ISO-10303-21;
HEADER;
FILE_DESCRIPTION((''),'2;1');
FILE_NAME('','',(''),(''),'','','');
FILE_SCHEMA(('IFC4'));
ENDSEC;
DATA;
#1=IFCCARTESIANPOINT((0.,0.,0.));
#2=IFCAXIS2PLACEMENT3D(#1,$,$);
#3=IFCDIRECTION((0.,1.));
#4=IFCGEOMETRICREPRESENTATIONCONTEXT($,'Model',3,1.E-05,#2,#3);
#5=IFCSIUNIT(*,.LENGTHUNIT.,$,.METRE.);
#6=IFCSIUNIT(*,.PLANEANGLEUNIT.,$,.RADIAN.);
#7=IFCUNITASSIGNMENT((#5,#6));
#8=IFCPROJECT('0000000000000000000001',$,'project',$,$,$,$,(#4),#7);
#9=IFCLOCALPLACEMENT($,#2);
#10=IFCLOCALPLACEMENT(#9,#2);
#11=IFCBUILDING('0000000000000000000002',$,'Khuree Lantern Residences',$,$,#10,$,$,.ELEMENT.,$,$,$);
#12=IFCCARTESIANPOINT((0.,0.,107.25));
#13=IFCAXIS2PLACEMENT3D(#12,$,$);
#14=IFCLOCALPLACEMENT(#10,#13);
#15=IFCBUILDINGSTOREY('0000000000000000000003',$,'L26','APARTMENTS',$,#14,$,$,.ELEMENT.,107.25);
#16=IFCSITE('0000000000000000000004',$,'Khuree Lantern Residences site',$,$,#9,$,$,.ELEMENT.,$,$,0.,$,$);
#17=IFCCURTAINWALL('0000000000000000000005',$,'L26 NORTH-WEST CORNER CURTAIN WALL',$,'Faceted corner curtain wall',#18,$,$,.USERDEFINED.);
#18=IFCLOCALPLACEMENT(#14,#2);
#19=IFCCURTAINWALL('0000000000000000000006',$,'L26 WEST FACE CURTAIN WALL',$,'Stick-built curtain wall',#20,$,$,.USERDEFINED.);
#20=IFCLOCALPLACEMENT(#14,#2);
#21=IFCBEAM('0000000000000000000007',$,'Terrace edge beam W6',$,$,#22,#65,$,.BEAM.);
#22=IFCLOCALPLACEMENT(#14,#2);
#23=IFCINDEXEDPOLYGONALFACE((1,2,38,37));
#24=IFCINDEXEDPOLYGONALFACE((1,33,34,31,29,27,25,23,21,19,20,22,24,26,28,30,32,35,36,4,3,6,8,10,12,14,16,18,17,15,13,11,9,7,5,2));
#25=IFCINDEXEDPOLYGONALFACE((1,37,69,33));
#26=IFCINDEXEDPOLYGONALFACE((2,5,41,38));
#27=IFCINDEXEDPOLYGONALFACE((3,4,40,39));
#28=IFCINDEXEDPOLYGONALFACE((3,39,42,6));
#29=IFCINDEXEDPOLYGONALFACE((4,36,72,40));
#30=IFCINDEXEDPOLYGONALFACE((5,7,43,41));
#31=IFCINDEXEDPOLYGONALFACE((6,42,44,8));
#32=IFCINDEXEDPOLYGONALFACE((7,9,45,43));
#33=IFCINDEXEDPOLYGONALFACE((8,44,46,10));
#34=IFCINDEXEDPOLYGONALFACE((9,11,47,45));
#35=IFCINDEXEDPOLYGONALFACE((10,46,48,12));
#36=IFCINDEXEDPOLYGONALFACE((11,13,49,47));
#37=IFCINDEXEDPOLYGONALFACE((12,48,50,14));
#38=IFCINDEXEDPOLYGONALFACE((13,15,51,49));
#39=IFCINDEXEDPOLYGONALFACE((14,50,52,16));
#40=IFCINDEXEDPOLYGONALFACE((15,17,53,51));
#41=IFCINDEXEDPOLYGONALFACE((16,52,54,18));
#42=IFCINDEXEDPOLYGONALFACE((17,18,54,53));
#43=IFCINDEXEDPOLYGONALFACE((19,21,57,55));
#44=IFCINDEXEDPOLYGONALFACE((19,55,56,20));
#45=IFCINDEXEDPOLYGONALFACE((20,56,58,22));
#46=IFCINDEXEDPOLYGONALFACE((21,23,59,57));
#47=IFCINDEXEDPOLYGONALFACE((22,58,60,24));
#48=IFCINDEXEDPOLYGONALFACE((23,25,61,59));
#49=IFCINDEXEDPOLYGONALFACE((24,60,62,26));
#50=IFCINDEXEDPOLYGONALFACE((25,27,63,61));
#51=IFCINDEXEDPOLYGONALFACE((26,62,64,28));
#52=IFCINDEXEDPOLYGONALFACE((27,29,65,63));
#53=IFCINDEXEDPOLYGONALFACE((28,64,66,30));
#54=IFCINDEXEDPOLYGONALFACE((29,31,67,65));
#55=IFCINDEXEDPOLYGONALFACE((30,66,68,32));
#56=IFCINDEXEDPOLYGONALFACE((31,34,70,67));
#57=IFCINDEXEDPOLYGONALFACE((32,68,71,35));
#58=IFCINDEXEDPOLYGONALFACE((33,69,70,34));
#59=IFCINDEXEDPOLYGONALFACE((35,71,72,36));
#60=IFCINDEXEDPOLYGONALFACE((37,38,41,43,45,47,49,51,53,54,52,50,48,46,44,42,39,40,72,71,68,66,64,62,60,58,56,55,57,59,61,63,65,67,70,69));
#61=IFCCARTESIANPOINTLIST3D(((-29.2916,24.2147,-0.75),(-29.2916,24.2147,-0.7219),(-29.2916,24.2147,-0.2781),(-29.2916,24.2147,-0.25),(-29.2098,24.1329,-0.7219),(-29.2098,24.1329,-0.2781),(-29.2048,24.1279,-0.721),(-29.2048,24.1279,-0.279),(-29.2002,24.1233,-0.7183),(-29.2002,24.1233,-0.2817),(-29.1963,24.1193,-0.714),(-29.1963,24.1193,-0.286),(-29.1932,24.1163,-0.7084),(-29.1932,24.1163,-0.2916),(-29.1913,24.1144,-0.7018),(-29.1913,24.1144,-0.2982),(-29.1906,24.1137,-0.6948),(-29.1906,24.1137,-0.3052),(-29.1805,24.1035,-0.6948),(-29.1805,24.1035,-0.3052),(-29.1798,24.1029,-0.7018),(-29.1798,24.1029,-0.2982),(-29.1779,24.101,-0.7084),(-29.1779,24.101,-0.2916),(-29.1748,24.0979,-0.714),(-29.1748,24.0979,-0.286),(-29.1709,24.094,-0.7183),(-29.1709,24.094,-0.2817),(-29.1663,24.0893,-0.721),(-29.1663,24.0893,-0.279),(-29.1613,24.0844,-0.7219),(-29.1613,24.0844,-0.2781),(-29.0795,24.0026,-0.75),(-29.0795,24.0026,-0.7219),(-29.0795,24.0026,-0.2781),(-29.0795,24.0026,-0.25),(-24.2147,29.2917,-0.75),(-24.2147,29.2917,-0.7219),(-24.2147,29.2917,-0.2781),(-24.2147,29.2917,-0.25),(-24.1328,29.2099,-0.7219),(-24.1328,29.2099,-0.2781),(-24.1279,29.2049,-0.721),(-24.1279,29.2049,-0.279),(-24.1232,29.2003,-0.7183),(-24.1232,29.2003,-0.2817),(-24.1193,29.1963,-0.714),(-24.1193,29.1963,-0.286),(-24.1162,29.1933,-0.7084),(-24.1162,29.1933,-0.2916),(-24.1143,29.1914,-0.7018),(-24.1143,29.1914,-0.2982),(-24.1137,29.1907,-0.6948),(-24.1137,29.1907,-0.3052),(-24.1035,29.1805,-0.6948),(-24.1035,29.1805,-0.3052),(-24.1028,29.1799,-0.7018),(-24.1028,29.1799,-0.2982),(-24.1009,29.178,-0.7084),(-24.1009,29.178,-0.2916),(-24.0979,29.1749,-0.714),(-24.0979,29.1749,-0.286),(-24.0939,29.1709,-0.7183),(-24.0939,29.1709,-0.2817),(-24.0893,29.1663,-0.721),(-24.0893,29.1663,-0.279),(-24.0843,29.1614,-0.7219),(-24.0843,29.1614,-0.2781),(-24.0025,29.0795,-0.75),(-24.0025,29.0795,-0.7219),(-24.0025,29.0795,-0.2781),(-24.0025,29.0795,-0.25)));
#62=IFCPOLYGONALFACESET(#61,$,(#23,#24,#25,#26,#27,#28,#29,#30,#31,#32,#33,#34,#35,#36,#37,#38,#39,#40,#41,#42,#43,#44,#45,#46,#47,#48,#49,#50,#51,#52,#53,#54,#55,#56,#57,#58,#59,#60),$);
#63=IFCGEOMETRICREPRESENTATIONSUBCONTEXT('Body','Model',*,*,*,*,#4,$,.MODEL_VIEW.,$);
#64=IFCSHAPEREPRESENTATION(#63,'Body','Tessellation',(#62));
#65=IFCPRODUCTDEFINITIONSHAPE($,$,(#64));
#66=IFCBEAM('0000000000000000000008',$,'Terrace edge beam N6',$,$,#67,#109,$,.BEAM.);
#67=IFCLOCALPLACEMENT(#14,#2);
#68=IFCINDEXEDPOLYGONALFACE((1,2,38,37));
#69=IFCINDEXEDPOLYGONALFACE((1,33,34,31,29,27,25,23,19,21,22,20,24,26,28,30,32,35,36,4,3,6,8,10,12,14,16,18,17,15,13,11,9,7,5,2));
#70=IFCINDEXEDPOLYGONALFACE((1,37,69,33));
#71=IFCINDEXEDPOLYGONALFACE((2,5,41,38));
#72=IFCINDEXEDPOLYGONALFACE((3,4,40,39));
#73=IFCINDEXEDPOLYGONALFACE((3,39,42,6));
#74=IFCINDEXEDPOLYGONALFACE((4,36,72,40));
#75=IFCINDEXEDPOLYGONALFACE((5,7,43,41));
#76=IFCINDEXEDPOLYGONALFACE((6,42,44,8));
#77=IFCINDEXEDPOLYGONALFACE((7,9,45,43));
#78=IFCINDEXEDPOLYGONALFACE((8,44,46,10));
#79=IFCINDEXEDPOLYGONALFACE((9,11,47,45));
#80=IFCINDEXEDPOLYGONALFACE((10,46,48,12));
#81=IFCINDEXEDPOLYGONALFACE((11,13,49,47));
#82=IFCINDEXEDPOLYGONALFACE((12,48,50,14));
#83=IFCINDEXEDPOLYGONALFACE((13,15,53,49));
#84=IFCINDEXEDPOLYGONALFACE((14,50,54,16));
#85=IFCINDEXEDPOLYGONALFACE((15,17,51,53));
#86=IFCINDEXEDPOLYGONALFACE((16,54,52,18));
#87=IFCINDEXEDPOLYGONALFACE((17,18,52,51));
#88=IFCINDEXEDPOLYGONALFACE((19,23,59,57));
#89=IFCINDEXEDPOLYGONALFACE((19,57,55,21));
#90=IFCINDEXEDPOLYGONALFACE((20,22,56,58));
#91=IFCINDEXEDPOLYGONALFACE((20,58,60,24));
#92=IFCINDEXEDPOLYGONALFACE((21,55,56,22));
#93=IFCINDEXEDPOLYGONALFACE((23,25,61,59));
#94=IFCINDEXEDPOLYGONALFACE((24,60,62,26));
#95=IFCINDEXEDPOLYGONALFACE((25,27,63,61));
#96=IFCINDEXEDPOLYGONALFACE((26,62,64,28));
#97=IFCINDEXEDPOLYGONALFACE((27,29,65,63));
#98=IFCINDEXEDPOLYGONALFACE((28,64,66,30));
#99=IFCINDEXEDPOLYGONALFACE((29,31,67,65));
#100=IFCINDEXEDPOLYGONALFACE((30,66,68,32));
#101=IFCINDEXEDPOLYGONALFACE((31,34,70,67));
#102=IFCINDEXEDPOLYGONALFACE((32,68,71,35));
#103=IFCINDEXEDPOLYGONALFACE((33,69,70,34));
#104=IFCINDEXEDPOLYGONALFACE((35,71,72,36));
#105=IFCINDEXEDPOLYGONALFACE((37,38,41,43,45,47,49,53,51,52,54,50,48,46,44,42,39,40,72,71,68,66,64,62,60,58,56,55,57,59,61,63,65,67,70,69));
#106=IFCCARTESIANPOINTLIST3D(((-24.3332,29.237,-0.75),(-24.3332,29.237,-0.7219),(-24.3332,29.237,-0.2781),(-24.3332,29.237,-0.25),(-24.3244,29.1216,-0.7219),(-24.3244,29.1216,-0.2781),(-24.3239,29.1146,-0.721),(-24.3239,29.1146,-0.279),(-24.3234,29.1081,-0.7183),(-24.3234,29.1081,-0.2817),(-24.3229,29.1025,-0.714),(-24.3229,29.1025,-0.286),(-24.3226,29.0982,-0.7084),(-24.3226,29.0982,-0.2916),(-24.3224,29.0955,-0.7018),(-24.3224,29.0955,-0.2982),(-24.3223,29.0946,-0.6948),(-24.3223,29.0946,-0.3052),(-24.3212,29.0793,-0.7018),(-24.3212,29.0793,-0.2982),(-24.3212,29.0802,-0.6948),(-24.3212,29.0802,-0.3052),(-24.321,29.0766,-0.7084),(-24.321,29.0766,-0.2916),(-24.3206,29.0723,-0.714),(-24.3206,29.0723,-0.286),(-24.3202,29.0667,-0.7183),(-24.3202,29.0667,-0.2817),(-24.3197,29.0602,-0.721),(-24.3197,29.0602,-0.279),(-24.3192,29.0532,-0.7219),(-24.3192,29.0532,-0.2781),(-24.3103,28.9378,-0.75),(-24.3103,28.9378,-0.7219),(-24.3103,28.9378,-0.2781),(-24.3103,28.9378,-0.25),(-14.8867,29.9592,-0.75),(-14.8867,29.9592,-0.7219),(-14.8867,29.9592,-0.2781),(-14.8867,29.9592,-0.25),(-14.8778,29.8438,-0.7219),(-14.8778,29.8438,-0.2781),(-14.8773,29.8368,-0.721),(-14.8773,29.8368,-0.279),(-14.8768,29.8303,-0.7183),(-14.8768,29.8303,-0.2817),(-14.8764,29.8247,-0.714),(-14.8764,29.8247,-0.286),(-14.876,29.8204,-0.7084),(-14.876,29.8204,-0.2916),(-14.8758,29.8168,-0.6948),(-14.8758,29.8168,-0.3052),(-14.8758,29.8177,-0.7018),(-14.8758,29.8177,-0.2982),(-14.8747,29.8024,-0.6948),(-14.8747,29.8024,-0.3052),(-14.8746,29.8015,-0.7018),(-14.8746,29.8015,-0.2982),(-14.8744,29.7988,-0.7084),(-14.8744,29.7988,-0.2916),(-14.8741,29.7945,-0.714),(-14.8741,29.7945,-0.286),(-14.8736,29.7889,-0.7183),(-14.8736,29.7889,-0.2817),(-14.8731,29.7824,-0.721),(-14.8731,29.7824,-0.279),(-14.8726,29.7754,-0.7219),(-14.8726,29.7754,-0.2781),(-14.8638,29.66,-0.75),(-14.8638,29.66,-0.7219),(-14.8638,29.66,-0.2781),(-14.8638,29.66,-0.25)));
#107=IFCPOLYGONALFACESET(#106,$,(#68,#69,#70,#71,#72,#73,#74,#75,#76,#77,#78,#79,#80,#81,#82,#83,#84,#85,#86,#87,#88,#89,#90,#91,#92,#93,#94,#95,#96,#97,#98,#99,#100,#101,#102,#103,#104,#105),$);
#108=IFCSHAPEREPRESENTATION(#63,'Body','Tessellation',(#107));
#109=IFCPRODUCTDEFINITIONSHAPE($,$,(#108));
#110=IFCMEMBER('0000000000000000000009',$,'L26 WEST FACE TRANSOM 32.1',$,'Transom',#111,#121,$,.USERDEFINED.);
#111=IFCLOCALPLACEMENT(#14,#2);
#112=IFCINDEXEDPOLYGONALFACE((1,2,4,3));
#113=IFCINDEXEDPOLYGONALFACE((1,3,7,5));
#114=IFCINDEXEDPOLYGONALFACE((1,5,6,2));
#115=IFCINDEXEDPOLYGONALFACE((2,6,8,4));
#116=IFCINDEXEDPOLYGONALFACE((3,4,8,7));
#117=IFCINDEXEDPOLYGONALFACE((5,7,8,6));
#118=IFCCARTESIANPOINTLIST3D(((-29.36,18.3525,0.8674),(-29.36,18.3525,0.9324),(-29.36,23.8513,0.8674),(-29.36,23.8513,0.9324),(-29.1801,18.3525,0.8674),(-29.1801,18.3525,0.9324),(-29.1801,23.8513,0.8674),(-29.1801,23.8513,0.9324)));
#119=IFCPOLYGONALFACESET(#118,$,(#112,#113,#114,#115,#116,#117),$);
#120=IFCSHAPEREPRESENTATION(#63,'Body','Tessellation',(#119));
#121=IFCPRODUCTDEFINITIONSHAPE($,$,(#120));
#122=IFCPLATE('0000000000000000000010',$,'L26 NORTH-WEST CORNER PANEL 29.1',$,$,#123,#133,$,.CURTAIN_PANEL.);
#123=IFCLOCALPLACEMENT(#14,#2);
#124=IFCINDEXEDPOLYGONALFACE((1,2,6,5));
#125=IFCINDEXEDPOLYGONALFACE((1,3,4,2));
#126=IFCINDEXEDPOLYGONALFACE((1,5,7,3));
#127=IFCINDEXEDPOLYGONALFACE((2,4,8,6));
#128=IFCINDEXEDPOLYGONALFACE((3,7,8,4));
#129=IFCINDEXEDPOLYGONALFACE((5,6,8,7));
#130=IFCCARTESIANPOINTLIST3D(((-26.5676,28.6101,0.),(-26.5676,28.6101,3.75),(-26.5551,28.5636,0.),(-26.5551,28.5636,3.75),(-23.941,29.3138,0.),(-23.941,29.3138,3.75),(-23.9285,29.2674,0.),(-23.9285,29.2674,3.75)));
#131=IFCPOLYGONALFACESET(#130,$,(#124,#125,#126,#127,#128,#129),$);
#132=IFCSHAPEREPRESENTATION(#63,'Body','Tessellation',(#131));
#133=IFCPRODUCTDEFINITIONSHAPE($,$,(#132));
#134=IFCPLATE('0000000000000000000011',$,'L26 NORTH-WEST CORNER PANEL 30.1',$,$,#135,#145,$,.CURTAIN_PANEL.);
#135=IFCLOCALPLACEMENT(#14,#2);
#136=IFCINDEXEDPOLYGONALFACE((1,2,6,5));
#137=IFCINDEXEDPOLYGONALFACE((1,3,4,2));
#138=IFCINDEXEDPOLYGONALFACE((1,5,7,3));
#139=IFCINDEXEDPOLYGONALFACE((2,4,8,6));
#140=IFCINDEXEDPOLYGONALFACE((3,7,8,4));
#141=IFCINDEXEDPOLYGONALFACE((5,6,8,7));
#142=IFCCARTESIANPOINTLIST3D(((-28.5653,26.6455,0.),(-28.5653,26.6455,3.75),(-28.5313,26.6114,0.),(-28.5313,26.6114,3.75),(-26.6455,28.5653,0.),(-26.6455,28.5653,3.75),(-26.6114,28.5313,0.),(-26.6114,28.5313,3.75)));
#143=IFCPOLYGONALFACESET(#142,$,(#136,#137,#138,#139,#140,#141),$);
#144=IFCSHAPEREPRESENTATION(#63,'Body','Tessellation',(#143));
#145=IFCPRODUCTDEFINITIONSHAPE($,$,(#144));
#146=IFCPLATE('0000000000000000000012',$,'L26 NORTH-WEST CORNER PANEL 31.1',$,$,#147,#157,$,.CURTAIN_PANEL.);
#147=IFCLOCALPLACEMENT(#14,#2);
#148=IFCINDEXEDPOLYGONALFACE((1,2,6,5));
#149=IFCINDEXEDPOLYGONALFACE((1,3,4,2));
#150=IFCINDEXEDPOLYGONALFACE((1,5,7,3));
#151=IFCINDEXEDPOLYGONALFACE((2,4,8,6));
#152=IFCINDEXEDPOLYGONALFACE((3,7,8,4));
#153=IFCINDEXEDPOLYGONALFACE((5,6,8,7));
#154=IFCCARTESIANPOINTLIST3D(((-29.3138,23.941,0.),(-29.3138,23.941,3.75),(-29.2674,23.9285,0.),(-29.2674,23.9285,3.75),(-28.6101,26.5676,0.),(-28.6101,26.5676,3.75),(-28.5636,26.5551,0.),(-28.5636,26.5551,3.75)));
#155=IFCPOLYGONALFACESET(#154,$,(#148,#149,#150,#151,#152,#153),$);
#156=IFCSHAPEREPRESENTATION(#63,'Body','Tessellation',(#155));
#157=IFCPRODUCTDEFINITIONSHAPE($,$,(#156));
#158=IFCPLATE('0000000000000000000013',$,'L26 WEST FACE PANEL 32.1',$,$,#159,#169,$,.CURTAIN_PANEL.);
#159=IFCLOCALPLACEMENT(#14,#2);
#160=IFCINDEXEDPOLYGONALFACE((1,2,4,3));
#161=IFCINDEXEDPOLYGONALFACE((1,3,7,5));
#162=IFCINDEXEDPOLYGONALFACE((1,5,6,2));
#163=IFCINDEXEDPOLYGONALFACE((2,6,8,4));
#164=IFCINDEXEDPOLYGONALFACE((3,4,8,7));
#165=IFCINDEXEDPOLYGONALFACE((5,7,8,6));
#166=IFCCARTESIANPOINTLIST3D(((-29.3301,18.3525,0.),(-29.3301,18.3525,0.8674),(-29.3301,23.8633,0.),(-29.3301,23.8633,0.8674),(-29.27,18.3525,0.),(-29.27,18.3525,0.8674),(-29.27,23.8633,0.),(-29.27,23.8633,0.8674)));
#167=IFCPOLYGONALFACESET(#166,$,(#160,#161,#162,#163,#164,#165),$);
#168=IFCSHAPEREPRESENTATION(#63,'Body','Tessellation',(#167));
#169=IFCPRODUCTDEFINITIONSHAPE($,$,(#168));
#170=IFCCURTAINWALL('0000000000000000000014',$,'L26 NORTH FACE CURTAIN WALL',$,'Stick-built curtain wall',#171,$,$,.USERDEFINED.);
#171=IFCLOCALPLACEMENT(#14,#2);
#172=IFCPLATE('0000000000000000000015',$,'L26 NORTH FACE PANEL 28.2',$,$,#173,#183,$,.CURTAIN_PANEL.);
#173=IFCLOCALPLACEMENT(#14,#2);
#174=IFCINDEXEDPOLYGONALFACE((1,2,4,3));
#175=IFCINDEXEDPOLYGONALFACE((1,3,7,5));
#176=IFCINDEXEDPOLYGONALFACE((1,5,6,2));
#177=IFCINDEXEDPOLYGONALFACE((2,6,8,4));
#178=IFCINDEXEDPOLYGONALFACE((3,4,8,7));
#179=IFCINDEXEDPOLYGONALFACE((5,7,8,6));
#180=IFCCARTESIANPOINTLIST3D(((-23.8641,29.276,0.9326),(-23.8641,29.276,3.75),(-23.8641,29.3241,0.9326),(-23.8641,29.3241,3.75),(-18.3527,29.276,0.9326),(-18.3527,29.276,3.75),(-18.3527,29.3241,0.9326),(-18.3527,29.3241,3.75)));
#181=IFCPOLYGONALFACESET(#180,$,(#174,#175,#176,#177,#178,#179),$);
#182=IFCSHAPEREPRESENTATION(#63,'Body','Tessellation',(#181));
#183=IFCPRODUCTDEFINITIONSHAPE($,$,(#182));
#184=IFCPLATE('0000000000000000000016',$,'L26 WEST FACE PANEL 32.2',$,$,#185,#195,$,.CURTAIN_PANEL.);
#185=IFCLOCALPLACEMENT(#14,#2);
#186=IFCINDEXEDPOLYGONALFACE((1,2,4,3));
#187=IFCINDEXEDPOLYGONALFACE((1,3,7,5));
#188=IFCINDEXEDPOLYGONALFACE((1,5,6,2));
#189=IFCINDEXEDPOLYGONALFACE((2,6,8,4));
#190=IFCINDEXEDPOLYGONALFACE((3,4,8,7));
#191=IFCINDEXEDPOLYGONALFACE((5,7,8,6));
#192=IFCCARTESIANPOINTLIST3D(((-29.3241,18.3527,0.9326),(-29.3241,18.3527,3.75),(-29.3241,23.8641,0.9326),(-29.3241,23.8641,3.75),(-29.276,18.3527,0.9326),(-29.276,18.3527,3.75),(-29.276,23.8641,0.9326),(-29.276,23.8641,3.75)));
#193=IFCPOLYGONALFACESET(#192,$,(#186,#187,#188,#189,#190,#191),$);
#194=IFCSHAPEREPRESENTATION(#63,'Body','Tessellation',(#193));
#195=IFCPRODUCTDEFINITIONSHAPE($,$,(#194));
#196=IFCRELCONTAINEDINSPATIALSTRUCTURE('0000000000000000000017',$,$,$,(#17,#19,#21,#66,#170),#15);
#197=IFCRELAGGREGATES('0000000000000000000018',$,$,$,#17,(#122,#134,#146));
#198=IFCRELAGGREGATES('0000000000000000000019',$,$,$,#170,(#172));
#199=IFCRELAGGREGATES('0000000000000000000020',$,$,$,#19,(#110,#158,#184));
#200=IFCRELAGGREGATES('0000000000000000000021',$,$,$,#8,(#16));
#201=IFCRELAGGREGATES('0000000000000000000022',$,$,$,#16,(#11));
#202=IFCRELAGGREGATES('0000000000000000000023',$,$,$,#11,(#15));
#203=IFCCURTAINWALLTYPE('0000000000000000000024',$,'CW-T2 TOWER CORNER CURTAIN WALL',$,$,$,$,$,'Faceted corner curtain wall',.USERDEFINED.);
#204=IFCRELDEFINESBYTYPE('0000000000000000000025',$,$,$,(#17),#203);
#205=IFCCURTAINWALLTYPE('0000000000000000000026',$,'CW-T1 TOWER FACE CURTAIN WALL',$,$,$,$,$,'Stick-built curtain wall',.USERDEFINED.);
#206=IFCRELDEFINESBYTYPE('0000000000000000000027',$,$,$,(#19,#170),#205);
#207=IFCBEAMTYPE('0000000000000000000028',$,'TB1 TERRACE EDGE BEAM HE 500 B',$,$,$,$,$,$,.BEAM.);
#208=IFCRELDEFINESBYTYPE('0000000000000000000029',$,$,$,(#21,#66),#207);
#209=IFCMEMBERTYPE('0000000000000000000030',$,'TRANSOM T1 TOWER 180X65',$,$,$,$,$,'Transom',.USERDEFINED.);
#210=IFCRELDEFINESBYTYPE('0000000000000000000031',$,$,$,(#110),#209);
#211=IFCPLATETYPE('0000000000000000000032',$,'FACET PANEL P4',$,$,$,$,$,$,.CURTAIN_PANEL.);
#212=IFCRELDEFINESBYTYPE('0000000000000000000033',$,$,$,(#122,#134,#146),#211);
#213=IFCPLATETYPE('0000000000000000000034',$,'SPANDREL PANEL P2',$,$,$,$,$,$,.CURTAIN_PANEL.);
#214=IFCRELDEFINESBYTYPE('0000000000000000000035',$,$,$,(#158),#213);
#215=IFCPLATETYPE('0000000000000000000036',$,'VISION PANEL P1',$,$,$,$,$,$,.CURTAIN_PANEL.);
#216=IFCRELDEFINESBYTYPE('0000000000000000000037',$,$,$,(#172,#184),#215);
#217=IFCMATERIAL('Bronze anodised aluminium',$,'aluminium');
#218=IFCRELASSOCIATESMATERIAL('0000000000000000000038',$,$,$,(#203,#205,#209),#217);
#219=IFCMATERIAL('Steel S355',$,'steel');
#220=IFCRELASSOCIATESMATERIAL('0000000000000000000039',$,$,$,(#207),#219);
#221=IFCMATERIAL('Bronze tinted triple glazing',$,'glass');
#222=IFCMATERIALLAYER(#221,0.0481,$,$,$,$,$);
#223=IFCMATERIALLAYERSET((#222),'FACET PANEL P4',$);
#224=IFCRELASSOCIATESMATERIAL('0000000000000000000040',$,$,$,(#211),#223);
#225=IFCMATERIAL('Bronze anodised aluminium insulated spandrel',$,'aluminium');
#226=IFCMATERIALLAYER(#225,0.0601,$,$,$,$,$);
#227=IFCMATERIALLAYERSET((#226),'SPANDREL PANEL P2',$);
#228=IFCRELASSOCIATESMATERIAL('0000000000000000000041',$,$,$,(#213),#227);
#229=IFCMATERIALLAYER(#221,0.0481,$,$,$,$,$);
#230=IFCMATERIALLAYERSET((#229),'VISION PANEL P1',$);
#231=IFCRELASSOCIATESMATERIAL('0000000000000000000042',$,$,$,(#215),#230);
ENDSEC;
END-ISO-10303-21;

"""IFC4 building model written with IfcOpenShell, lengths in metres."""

from ifc_helpers import new_model, si_unit, direction, frame, origin, origin_2d, place, context, subcontext, project, spatial, rectangle, i_section, extrude, material, layer, layer_set, material_profile, profile_set, type_object, element, aggregate, save


model = new_model("IFC4")

# Units and contexts
model_context = context("Model", 3, precision=1e-05, world=origin(), true_north=direction((0.0, 1.0)))
body_context = subcontext(model_context, "Body", "Model", "MODEL_VIEW")
ifc_project = project(units=[si_unit("LENGTHUNIT", "METRE"), si_unit("PLANEANGLEUNIT", "RADIAN")], contexts=[model_context])

# Site, building, storey
site_placement = place(None, origin())
site = spatial("IfcSite", under=ifc_project, at=site_placement, Name="Khuree Lantern Residences site", CompositionType="ELEMENT", RefElevation=0.0)
building_placement = place(site_placement, origin())
building = spatial("IfcBuilding", under=site, at=building_placement, Name="Khuree Lantern Residences", CompositionType="ELEMENT")
storey_placement = place(building_placement, frame((0.0, 0.0, 107.25)))
storey = spatial("IfcBuildingStorey", under=building, at=storey_placement, Name="L26", Description="APARTMENTS", CompositionType="ELEMENT", Elevation=107.25)

# Shared definitions
ifc_material_1 = material(Name="Steel S355", Category="steel")

# Curtain walls
ifc_material_2 = material(Name="Bronze anodised aluminium", Category="aluminium")
curtain_wall_type_1 = type_object("IfcCurtainWallType", Name="CW-T2 TOWER CORNER CURTAIN WALL", ElementType="Faceted corner curtain wall", PredefinedType="USERDEFINED", material=ifc_material_2)
curtain_wall_1_placement = place(storey_placement, origin())
curtain_wall_1 = element("IfcCurtainWall", 1, at=curtain_wall_1_placement, inside=storey, type_object=curtain_wall_type_1, Name="L26 NORTH-WEST CORNER CURTAIN WALL", ObjectType="Faceted corner curtain wall", PredefinedType="USERDEFINED")
curtain_wall_type_2 = type_object("IfcCurtainWallType", Name="CW-T1 TOWER FACE CURTAIN WALL", ElementType="Stick-built curtain wall", PredefinedType="USERDEFINED", material=ifc_material_2)
curtain_wall_2_placement = place(storey_placement, origin())
curtain_wall_2 = element("IfcCurtainWall", 2, at=curtain_wall_2_placement, inside=storey, type_object=curtain_wall_type_2, Name="L26 WEST FACE CURTAIN WALL", ObjectType="Stick-built curtain wall", PredefinedType="USERDEFINED")

# Beams
ifc_material_profile_1 = material_profile(ifc_material_1, i_section(OverallWidth=0.3, OverallDepth=0.5, WebThickness=0.0144, FlangeThickness=0.0281, FilletRadius=0.0271, at=origin_2d()), Name="HE 500 B")
ifc_profile_set_1 = profile_set([ifc_material_profile_1], Name="Steel S355")
beam_type_1 = type_object("IfcBeamType", Name="TB1 TERRACE EDGE BEAM HE 500 B", PredefinedType="BEAM", material=ifc_profile_set_1)
beam_1_placement = place(storey_placement, frame((-29.1855, 24.1086, -0.5), z_axis=(0.707107, 0.707107, 0.0), x_axis=(-0.707107, 0.707107, 0.0)))
element("IfcBeam", 3, at=beam_1_placement, inside=storey, type_object=beam_type_1, Name="Terrace edge beam W6", PredefinedType="BEAM", context=body_context, shape_type="SweptSolid", body=[
    extrude(i_section(OverallWidth=0.3, OverallDepth=0.5, WebThickness=0.0144, FlangeThickness=0.0281, FilletRadius=0.0271, at=origin_2d()), origin(), (0.0, 0.0, 1.0), 7.1799),
])
beam_2_placement = place(storey_placement, frame((-24.3218, 29.0874, -0.5), z_axis=(0.997091, 0.076226, 0.0), x_axis=(-0.076226, 0.997091, 0.0)))
element("IfcBeam", 4, at=beam_2_placement, inside=storey, type_object=beam_type_1, Name="Terrace edge beam N6", PredefinedType="BEAM", context=body_context, shape_type="SweptSolid", body=[
    extrude(i_section(OverallWidth=0.3, OverallDepth=0.5, WebThickness=0.0144, FlangeThickness=0.0281, FilletRadius=0.0271, at=origin_2d()), origin(), (0.0, 0.0, 1.0), 9.4741),
])

# Member
ifc_material_profile_2 = material_profile(ifc_material_2, rectangle(XDim=0.1799, YDim=0.0649, at=origin_2d()), Name="T1 180X65")
ifc_profile_set_2 = profile_set([ifc_material_profile_2], Name="Bronze anodised aluminium")
member_type_1 = type_object("IfcMemberType", Name="TRANSOM T1 TOWER 180X65", ElementType="Transom", PredefinedType="USERDEFINED", material=ifc_profile_set_2)
member_1_placement = place(storey_placement, frame((-29.27, 23.8513, 0.8999), z_axis=(0.0, -1.0, 0.0), x_axis=(1.0, 0.0, 0.0)))
member_1 = element("IfcMember", 5, at=member_1_placement, type_object=member_type_1, Name="L26 WEST FACE TRANSOM 32.1", ObjectType="Transom", PredefinedType="USERDEFINED", context=body_context, shape_type="SweptSolid", body=[
    extrude(rectangle(XDim=0.1799, YDim=0.0649, at=origin_2d()), origin(), (0.0, 0.0, 1.0), 5.4988),
])

# Plates
ifc_material_3 = material(Name="Bronze tinted triple glazing", Category="glass")
ifc_layer_1 = layer(ifc_material_3, 0.0481)
ifc_layer_set_1 = layer_set([ifc_layer_1], Name="FACET PANEL P4")
plate_type_1 = type_object("IfcPlateType", Name="FACET PANEL P4", PredefinedType="CURTAIN_PANEL", material=ifc_layer_set_1)
plate_1_placement = place(storey_placement, frame((-25.248, 28.9387, 0.0), z_axis=(0.0, 0.0, 1.0), x_axis=(-0.965926, -0.258819, 0.0)))
plate_1 = element("IfcPlate", 6, at=plate_1_placement, type_object=plate_type_1, Name="L26 NORTH-WEST CORNER PANEL 29.1", PredefinedType="CURTAIN_PANEL", context=body_context, shape_type="SweptSolid", body=[
    extrude(rectangle(XDim=2.7192, YDim=0.0481, at=origin_2d()), origin(), (0.0, 0.0, 1.0), 3.75),
])
plate_2_placement = place(storey_placement, frame((-27.5884, 27.5884, 0.0), z_axis=(0.0, 0.0, 1.0), x_axis=(-0.707107, -0.707107, 0.0)))
plate_2 = element("IfcPlate", 7, at=plate_2_placement, type_object=plate_type_1, Name="L26 NORTH-WEST CORNER PANEL 30.1", PredefinedType="CURTAIN_PANEL", context=body_context, shape_type="SweptSolid", body=[
    extrude(rectangle(XDim=2.7151, YDim=0.0481, at=origin_2d()), origin(), (0.0, 0.0, 1.0), 3.75),
])
plate_3_placement = place(storey_placement, frame((-28.9387, 25.248, 0.0), z_axis=(0.0, 0.0, 1.0), x_axis=(-0.258819, -0.965926, 0.0)))
plate_3 = element("IfcPlate", 8, at=plate_3_placement, type_object=plate_type_1, Name="L26 NORTH-WEST CORNER PANEL 31.1", PredefinedType="CURTAIN_PANEL", context=body_context, shape_type="SweptSolid", body=[
    extrude(rectangle(XDim=2.7192, YDim=0.0481, at=origin_2d()), origin(), (0.0, 0.0, 1.0), 3.75),
])
aggregate(curtain_wall_1, [plate_1, plate_2, plate_3])
ifc_material_4 = material(Name="Bronze anodised aluminium insulated spandrel", Category="aluminium")
ifc_layer_2 = layer(ifc_material_4, 0.0601)
ifc_layer_set_2 = layer_set([ifc_layer_2], Name="SPANDREL PANEL P2")
plate_type_2 = type_object("IfcPlateType", Name="SPANDREL PANEL P2", PredefinedType="CURTAIN_PANEL", material=ifc_layer_set_2)
plate_4_placement = place(storey_placement, frame((-29.3, 21.1079, 0.0), z_axis=(0.0, 0.0, 1.0), x_axis=(0.0, -1.0, 0.0)))
plate_4 = element("IfcPlate", 9, at=plate_4_placement, type_object=plate_type_2, Name="L26 WEST FACE PANEL 32.1", PredefinedType="CURTAIN_PANEL", context=body_context, shape_type="SweptSolid", body=[
    extrude(rectangle(XDim=5.5107, YDim=0.0601, at=origin_2d()), origin(), (0.0, 0.0, 1.0), 0.8674),
])

# Curtain wall, plate
curtain_wall_3_placement = place(storey_placement, origin())
curtain_wall_3 = element("IfcCurtainWall", 10, at=curtain_wall_3_placement, inside=storey, type_object=curtain_wall_type_2, Name="L26 NORTH FACE CURTAIN WALL", ObjectType="Stick-built curtain wall", PredefinedType="USERDEFINED")
ifc_layer_3 = layer(ifc_material_3, 0.0481)
ifc_layer_set_3 = layer_set([ifc_layer_3], Name="VISION PANEL P1")
plate_type_3 = type_object("IfcPlateType", Name="VISION PANEL P1", PredefinedType="CURTAIN_PANEL", material=ifc_layer_set_3)
plate_5_placement = place(storey_placement, frame((-21.1084, 29.3, 0.9326), z_axis=(0.0, 0.0, 1.0), x_axis=(-1.0, 0.0, 0.0)))
plate_5 = element("IfcPlate", 11, at=plate_5_placement, type_object=plate_type_3, Name="L26 NORTH FACE PANEL 28.2", PredefinedType="CURTAIN_PANEL", context=body_context, shape_type="SweptSolid", body=[
    extrude(rectangle(XDim=5.5115, YDim=0.0481, at=origin_2d()), origin(), (0.0, 0.0, 1.0), 2.8174),
])
aggregate(curtain_wall_3, [plate_5])

# Plate
plate_6_placement = place(storey_placement, frame((-29.3, 21.1084, 0.9326), z_axis=(0.0, 0.0, 1.0), x_axis=(0.0, -1.0, 0.0)))
plate_6 = element("IfcPlate", 12, at=plate_6_placement, type_object=plate_type_3, Name="L26 WEST FACE PANEL 32.2", PredefinedType="CURTAIN_PANEL", context=body_context, shape_type="SweptSolid", body=[
    extrude(rectangle(XDim=5.5115, YDim=0.0481, at=origin_2d()), origin(), (0.0, 0.0, 1.0), 2.8174),
])
aggregate(curtain_wall_2, [member_1, plate_4, plate_6])

save(model, "model.ifc")
